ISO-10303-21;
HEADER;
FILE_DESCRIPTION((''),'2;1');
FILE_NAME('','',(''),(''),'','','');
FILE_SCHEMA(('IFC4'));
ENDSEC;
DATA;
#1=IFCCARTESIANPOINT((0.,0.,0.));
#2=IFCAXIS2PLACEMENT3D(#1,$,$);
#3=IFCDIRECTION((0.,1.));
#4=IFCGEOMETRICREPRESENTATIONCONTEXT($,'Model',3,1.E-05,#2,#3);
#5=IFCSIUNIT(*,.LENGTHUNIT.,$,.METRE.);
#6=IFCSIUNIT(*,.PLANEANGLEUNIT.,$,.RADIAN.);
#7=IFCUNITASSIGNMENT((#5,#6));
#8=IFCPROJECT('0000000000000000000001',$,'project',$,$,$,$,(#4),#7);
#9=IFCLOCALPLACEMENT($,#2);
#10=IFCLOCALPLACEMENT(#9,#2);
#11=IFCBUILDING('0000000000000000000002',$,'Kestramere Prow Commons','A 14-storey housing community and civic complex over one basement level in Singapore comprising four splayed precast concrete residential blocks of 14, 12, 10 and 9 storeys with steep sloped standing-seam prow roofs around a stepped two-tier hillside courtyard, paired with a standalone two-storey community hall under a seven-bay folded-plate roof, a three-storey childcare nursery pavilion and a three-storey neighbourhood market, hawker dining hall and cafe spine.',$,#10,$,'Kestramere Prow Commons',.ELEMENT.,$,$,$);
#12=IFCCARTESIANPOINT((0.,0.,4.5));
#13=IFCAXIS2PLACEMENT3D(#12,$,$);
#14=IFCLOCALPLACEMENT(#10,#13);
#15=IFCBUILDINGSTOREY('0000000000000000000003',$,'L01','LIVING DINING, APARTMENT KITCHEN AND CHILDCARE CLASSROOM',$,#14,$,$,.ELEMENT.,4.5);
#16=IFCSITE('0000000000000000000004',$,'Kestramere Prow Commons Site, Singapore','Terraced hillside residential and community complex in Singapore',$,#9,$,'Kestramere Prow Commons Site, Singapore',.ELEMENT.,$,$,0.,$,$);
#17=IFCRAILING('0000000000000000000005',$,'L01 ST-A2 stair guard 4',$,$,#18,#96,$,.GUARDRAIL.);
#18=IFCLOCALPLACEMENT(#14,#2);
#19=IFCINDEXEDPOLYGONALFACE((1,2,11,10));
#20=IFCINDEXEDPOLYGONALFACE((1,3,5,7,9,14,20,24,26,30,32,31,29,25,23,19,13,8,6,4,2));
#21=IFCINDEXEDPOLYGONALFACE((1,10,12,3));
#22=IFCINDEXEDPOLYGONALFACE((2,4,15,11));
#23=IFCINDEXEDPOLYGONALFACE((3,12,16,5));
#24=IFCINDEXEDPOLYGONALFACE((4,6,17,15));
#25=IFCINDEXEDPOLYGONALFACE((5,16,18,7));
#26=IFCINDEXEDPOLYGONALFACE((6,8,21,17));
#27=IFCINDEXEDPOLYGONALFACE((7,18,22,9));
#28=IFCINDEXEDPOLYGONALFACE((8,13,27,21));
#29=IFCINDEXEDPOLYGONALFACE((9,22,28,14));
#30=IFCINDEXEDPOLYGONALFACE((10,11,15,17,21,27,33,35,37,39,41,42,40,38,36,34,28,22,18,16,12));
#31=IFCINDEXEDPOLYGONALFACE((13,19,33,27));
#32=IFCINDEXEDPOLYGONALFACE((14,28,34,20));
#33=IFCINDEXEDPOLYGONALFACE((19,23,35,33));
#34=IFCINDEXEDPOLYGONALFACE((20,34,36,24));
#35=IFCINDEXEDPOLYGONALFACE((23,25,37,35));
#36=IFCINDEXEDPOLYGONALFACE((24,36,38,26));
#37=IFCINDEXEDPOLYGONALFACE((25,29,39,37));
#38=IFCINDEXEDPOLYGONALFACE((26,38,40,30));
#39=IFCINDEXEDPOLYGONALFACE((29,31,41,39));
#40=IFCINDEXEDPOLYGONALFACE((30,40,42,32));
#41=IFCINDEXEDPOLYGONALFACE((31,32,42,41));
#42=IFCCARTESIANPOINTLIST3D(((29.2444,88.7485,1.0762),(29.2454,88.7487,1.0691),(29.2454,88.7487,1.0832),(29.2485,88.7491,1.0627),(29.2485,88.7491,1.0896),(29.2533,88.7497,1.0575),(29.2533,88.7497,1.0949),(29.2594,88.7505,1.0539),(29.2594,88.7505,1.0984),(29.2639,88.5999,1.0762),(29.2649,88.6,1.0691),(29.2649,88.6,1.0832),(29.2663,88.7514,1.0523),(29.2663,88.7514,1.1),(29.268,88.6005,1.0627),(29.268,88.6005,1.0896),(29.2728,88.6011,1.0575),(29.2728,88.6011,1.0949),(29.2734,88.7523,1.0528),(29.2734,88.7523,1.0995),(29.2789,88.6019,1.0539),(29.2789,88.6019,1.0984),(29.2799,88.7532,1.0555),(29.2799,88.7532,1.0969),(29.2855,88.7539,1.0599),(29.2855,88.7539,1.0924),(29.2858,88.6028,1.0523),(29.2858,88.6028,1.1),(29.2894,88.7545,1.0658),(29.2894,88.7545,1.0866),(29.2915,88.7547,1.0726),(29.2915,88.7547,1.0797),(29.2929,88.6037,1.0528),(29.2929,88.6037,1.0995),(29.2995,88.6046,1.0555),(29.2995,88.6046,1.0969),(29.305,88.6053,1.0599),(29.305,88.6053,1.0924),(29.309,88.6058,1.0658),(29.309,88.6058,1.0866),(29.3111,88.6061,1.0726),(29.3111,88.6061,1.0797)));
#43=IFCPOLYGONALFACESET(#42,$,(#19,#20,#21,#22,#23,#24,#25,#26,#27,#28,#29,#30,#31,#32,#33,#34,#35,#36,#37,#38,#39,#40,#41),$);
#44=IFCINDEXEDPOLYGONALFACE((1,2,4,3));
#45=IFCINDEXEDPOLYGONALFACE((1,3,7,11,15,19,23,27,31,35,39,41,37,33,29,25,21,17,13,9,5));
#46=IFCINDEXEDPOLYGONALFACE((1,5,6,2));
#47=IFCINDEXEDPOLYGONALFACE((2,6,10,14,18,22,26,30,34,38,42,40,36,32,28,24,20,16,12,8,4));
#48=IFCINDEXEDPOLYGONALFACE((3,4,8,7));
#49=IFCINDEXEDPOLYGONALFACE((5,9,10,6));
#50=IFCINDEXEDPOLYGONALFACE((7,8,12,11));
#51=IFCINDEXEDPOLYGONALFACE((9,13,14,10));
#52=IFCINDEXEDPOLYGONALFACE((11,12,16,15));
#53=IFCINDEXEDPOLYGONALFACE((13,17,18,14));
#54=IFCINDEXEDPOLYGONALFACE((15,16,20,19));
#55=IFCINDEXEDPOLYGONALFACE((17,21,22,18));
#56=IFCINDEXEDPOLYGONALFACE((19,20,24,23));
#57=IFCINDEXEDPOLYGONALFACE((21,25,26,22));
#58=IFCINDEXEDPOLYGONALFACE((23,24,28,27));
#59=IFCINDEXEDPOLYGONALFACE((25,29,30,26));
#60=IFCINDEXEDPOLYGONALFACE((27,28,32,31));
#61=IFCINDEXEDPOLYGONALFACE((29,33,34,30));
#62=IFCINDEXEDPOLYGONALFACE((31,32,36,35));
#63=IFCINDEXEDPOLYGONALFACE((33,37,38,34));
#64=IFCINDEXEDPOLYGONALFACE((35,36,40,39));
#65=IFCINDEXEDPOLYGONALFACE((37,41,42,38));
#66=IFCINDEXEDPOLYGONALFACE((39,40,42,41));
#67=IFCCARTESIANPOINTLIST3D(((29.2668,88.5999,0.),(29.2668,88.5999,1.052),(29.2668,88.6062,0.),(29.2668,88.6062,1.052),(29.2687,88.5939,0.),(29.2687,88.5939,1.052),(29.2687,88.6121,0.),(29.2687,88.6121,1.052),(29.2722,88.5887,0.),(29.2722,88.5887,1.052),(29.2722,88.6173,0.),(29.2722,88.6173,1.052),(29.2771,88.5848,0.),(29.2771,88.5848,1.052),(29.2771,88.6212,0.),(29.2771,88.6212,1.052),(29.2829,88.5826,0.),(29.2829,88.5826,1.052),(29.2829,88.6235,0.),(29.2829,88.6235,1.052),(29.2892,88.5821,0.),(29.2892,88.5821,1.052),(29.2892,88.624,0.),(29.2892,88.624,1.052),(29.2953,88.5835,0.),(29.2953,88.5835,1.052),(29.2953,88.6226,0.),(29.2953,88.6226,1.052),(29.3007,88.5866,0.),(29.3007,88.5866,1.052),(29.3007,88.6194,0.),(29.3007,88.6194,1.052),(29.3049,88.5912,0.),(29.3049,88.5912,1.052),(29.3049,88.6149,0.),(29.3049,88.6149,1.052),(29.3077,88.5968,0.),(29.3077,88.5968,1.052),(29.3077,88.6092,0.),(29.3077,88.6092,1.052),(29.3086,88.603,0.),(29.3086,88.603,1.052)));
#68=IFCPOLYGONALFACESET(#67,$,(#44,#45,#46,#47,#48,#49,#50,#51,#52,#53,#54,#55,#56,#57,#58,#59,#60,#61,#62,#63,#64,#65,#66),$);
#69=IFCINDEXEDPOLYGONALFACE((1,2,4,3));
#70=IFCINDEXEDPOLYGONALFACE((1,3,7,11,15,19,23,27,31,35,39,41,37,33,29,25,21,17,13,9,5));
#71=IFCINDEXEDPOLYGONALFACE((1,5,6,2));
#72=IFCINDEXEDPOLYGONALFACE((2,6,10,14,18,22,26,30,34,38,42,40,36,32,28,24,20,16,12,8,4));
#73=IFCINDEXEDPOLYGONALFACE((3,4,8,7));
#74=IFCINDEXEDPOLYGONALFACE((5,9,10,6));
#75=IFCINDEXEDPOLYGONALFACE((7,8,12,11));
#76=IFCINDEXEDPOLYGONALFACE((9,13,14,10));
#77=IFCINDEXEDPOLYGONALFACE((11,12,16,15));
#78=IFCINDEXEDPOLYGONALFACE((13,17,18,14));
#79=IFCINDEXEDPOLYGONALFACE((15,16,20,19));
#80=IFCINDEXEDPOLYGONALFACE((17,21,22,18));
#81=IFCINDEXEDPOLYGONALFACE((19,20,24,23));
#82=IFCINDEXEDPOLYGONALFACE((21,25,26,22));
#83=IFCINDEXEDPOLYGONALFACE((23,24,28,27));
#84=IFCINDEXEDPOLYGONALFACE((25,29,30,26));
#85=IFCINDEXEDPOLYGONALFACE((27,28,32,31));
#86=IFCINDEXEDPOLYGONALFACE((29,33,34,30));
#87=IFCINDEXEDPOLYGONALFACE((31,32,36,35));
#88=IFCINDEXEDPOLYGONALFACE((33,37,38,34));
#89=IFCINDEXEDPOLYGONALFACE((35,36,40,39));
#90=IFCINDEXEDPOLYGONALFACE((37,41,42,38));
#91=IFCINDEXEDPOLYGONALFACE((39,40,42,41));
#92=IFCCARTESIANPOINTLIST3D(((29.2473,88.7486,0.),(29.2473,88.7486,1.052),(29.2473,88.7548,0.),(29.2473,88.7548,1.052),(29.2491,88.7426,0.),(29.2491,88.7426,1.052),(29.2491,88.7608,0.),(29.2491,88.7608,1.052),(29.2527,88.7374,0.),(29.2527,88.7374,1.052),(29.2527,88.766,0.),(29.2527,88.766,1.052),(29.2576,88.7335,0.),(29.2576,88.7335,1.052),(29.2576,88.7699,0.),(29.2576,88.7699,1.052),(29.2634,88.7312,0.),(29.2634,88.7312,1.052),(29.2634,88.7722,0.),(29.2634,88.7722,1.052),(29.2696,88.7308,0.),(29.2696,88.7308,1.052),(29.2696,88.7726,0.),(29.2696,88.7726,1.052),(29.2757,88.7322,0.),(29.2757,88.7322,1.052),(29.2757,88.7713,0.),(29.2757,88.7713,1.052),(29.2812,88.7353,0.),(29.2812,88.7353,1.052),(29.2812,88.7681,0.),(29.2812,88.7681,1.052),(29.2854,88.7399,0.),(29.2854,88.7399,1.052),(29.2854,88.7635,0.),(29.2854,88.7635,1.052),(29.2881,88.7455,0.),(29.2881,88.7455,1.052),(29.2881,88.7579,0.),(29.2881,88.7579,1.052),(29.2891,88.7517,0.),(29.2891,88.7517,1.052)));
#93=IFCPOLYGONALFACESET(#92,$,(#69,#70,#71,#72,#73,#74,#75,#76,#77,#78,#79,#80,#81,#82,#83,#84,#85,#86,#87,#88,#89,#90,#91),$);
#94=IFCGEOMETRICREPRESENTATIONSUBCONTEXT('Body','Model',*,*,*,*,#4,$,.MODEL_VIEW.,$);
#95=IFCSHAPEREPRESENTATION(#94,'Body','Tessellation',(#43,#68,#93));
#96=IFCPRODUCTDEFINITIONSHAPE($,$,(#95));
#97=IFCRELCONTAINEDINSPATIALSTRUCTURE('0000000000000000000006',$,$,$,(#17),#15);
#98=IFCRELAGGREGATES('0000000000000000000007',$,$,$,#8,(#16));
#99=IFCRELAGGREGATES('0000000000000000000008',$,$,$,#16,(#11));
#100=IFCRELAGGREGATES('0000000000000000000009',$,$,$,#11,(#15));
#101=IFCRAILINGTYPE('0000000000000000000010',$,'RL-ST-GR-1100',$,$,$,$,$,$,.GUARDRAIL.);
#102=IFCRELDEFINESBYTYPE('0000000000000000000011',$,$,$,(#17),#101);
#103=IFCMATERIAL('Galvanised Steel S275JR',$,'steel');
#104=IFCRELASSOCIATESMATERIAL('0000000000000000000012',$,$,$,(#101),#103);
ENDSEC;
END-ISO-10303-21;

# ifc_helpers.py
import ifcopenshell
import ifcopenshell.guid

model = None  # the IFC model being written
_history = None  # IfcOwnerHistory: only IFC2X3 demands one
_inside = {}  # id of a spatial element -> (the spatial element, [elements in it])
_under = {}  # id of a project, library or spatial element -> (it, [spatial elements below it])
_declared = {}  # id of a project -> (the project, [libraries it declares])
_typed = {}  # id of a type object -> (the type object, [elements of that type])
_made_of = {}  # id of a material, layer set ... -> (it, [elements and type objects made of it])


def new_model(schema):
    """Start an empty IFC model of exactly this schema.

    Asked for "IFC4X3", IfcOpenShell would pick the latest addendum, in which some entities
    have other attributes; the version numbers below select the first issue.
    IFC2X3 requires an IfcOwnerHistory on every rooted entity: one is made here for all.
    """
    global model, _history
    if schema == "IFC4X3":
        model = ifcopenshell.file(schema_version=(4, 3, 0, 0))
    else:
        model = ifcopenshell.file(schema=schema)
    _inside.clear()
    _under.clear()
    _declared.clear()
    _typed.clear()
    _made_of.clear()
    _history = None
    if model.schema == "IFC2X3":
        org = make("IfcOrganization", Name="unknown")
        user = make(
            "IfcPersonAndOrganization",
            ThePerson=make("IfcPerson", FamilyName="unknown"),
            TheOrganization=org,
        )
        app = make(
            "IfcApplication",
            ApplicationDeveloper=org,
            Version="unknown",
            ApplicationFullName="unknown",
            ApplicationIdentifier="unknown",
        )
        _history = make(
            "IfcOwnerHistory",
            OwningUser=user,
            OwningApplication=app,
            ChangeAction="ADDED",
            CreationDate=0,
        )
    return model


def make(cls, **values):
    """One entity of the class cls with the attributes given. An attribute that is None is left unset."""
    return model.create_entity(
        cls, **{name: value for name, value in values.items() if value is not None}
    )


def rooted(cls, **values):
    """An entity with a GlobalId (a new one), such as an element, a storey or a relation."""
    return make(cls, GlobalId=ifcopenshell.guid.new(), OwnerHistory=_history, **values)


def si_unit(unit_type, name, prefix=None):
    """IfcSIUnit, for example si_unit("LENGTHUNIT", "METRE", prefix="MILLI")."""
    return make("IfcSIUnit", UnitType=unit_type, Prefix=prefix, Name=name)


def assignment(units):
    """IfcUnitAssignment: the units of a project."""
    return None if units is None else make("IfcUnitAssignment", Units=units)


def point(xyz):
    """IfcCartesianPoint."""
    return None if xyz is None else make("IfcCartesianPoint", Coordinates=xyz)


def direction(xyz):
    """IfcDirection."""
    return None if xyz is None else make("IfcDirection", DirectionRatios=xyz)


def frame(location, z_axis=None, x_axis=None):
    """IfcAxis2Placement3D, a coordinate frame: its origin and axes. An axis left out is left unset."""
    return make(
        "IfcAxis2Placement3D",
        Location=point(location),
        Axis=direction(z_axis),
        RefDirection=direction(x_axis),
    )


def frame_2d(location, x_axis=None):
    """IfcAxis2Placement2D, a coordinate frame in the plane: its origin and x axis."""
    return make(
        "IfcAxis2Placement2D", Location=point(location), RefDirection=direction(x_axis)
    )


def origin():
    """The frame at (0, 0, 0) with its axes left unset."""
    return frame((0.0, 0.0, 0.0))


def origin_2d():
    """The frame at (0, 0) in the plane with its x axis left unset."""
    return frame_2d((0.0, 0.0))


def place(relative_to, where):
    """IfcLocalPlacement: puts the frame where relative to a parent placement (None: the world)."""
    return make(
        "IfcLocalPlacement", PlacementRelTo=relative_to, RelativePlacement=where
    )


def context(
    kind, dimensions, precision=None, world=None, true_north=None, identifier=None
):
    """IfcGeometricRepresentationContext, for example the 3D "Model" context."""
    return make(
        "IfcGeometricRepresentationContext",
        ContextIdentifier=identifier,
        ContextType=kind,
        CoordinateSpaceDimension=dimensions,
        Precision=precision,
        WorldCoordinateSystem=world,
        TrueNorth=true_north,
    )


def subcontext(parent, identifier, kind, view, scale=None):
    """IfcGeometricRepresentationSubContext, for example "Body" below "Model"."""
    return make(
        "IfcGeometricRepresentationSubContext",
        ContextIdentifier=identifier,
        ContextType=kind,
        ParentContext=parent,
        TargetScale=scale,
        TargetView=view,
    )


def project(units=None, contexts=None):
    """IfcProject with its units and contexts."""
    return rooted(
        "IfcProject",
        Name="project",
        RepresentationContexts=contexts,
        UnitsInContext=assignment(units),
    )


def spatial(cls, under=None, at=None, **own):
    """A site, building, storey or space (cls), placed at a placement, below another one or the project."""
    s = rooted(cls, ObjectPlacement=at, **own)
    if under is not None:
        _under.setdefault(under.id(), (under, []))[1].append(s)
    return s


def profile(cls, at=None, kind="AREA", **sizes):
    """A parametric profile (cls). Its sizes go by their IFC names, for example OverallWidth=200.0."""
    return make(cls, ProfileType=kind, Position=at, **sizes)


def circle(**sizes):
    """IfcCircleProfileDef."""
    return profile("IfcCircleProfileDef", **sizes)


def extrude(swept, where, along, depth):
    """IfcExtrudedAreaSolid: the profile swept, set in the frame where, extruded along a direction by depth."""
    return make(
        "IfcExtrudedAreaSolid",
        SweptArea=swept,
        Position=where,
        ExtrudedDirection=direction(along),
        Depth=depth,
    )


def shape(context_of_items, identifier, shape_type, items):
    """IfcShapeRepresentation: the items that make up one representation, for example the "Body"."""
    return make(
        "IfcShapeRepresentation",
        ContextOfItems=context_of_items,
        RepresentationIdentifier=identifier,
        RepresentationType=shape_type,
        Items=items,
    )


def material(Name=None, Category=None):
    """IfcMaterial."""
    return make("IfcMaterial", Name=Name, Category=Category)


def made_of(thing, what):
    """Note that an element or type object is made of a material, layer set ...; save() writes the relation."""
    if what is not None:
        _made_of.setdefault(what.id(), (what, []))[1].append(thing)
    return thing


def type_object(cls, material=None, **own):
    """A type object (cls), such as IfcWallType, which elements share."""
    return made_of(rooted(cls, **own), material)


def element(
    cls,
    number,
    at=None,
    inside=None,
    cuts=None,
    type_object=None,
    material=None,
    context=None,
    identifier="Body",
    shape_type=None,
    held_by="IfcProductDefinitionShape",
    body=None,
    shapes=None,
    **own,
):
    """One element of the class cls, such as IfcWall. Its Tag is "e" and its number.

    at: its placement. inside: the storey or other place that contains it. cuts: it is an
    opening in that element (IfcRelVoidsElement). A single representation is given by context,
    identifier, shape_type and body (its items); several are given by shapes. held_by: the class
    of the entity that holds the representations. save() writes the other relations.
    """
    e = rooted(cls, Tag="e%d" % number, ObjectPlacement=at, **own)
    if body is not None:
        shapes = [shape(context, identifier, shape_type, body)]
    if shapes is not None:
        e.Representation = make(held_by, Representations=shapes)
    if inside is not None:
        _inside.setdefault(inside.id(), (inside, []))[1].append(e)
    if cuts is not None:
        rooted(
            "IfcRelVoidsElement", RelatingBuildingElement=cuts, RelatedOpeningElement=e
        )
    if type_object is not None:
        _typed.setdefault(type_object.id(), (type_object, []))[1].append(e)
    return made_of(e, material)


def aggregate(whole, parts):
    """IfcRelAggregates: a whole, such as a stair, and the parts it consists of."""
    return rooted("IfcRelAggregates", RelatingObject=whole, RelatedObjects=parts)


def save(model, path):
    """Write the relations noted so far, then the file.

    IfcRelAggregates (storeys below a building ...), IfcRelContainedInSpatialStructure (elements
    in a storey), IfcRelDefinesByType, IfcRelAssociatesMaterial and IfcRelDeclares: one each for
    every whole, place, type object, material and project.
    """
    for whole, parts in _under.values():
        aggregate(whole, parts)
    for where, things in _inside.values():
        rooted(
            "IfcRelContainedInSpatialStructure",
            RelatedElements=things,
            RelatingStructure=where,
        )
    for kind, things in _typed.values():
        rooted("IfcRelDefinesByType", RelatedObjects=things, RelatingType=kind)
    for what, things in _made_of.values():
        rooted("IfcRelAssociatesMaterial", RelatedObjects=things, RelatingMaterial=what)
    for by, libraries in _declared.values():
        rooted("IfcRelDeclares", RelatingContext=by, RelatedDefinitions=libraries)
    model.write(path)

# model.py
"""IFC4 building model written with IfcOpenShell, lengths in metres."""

from ifc_helpers import new_model, si_unit, direction, frame, origin, origin_2d, place, context, subcontext, project, spatial, circle, extrude, material, type_object, element, save


model = new_model("IFC4")

# Units and contexts
model_context = context("Model", 3, precision=1e-05, world=origin(), true_north=direction((0.0, 1.0)))
body_context = subcontext(model_context, "Body", "Model", "MODEL_VIEW")
ifc_project = project(units=[si_unit("LENGTHUNIT", "METRE"), si_unit("PLANEANGLEUNIT", "RADIAN")], contexts=[model_context])

# Site, building, storey
site_placement = place(None, origin())
site = spatial("IfcSite", under=ifc_project, at=site_placement, Name="Kestramere Prow Commons Site, Singapore", Description="Terraced hillside residential and community complex in Singapore", LongName="Kestramere Prow Commons Site, Singapore", CompositionType="ELEMENT", RefElevation=0.0)
building_placement = place(site_placement, origin())
building = spatial("IfcBuilding", under=site, at=building_placement, Name="Kestramere Prow Commons", Description="A 14-storey housing community and civic complex over one basement level in Singapore comprising four splayed precast concrete residential blocks of 14, 12, 10 and 9 storeys with steep sloped standing-seam prow roofs around a stepped two-tier hillside courtyard, paired with a standalone two-storey community hall under a seven-bay folded-plate roof, a three-storey childcare nursery pavilion and a three-storey neighbourhood market, hawker dining hall and cafe spine.", LongName="Kestramere Prow Commons", CompositionType="ELEMENT")
storey_placement = place(building_placement, frame((0.0, 0.0, 4.5)))
storey = spatial("IfcBuildingStorey", under=building, at=storey_placement, Name="L01", Description="LIVING DINING, APARTMENT KITCHEN AND CHILDCARE CLASSROOM", CompositionType="ELEMENT", Elevation=4.5)

# Railing
ifc_material_1 = material(Name="Galvanised Steel S275JR", Category="steel")
railing_type_1 = type_object("IfcRailingType", Name="RL-ST-GR-1100", PredefinedType="GUARDRAIL", material=ifc_material_1)
railing_1_placement = place(storey_placement, frame((29.2876, 88.603, 0.0)))
element("IfcRailing", 1, at=railing_1_placement, inside=storey, type_object=railing_type_1, Name="L01 ST-A2 stair guard 4", PredefinedType="GUARDRAIL", context=body_context, shape_type="SweptSolid", body=[
    extrude(circle(Radius=0.0239, at=origin_2d()), frame((0.0, 0.0, 1.0762), z_axis=(-0.130244, 0.991482, 0.0), x_axis=(-0.991482, -0.130244, 0.0)), (0.0, 0.0, 1.0), 0.1499),
    extrude(circle(Radius=0.021, at=origin_2d()), origin(), (0.0, 0.0, 1.0), 1.052),
    extrude(circle(Radius=0.021, at=origin_2d()), frame((-0.0195, 0.1487, 0.0)), (0.0, 0.0, 1.0), 1.052),
])

save(model, "model.ifc")
